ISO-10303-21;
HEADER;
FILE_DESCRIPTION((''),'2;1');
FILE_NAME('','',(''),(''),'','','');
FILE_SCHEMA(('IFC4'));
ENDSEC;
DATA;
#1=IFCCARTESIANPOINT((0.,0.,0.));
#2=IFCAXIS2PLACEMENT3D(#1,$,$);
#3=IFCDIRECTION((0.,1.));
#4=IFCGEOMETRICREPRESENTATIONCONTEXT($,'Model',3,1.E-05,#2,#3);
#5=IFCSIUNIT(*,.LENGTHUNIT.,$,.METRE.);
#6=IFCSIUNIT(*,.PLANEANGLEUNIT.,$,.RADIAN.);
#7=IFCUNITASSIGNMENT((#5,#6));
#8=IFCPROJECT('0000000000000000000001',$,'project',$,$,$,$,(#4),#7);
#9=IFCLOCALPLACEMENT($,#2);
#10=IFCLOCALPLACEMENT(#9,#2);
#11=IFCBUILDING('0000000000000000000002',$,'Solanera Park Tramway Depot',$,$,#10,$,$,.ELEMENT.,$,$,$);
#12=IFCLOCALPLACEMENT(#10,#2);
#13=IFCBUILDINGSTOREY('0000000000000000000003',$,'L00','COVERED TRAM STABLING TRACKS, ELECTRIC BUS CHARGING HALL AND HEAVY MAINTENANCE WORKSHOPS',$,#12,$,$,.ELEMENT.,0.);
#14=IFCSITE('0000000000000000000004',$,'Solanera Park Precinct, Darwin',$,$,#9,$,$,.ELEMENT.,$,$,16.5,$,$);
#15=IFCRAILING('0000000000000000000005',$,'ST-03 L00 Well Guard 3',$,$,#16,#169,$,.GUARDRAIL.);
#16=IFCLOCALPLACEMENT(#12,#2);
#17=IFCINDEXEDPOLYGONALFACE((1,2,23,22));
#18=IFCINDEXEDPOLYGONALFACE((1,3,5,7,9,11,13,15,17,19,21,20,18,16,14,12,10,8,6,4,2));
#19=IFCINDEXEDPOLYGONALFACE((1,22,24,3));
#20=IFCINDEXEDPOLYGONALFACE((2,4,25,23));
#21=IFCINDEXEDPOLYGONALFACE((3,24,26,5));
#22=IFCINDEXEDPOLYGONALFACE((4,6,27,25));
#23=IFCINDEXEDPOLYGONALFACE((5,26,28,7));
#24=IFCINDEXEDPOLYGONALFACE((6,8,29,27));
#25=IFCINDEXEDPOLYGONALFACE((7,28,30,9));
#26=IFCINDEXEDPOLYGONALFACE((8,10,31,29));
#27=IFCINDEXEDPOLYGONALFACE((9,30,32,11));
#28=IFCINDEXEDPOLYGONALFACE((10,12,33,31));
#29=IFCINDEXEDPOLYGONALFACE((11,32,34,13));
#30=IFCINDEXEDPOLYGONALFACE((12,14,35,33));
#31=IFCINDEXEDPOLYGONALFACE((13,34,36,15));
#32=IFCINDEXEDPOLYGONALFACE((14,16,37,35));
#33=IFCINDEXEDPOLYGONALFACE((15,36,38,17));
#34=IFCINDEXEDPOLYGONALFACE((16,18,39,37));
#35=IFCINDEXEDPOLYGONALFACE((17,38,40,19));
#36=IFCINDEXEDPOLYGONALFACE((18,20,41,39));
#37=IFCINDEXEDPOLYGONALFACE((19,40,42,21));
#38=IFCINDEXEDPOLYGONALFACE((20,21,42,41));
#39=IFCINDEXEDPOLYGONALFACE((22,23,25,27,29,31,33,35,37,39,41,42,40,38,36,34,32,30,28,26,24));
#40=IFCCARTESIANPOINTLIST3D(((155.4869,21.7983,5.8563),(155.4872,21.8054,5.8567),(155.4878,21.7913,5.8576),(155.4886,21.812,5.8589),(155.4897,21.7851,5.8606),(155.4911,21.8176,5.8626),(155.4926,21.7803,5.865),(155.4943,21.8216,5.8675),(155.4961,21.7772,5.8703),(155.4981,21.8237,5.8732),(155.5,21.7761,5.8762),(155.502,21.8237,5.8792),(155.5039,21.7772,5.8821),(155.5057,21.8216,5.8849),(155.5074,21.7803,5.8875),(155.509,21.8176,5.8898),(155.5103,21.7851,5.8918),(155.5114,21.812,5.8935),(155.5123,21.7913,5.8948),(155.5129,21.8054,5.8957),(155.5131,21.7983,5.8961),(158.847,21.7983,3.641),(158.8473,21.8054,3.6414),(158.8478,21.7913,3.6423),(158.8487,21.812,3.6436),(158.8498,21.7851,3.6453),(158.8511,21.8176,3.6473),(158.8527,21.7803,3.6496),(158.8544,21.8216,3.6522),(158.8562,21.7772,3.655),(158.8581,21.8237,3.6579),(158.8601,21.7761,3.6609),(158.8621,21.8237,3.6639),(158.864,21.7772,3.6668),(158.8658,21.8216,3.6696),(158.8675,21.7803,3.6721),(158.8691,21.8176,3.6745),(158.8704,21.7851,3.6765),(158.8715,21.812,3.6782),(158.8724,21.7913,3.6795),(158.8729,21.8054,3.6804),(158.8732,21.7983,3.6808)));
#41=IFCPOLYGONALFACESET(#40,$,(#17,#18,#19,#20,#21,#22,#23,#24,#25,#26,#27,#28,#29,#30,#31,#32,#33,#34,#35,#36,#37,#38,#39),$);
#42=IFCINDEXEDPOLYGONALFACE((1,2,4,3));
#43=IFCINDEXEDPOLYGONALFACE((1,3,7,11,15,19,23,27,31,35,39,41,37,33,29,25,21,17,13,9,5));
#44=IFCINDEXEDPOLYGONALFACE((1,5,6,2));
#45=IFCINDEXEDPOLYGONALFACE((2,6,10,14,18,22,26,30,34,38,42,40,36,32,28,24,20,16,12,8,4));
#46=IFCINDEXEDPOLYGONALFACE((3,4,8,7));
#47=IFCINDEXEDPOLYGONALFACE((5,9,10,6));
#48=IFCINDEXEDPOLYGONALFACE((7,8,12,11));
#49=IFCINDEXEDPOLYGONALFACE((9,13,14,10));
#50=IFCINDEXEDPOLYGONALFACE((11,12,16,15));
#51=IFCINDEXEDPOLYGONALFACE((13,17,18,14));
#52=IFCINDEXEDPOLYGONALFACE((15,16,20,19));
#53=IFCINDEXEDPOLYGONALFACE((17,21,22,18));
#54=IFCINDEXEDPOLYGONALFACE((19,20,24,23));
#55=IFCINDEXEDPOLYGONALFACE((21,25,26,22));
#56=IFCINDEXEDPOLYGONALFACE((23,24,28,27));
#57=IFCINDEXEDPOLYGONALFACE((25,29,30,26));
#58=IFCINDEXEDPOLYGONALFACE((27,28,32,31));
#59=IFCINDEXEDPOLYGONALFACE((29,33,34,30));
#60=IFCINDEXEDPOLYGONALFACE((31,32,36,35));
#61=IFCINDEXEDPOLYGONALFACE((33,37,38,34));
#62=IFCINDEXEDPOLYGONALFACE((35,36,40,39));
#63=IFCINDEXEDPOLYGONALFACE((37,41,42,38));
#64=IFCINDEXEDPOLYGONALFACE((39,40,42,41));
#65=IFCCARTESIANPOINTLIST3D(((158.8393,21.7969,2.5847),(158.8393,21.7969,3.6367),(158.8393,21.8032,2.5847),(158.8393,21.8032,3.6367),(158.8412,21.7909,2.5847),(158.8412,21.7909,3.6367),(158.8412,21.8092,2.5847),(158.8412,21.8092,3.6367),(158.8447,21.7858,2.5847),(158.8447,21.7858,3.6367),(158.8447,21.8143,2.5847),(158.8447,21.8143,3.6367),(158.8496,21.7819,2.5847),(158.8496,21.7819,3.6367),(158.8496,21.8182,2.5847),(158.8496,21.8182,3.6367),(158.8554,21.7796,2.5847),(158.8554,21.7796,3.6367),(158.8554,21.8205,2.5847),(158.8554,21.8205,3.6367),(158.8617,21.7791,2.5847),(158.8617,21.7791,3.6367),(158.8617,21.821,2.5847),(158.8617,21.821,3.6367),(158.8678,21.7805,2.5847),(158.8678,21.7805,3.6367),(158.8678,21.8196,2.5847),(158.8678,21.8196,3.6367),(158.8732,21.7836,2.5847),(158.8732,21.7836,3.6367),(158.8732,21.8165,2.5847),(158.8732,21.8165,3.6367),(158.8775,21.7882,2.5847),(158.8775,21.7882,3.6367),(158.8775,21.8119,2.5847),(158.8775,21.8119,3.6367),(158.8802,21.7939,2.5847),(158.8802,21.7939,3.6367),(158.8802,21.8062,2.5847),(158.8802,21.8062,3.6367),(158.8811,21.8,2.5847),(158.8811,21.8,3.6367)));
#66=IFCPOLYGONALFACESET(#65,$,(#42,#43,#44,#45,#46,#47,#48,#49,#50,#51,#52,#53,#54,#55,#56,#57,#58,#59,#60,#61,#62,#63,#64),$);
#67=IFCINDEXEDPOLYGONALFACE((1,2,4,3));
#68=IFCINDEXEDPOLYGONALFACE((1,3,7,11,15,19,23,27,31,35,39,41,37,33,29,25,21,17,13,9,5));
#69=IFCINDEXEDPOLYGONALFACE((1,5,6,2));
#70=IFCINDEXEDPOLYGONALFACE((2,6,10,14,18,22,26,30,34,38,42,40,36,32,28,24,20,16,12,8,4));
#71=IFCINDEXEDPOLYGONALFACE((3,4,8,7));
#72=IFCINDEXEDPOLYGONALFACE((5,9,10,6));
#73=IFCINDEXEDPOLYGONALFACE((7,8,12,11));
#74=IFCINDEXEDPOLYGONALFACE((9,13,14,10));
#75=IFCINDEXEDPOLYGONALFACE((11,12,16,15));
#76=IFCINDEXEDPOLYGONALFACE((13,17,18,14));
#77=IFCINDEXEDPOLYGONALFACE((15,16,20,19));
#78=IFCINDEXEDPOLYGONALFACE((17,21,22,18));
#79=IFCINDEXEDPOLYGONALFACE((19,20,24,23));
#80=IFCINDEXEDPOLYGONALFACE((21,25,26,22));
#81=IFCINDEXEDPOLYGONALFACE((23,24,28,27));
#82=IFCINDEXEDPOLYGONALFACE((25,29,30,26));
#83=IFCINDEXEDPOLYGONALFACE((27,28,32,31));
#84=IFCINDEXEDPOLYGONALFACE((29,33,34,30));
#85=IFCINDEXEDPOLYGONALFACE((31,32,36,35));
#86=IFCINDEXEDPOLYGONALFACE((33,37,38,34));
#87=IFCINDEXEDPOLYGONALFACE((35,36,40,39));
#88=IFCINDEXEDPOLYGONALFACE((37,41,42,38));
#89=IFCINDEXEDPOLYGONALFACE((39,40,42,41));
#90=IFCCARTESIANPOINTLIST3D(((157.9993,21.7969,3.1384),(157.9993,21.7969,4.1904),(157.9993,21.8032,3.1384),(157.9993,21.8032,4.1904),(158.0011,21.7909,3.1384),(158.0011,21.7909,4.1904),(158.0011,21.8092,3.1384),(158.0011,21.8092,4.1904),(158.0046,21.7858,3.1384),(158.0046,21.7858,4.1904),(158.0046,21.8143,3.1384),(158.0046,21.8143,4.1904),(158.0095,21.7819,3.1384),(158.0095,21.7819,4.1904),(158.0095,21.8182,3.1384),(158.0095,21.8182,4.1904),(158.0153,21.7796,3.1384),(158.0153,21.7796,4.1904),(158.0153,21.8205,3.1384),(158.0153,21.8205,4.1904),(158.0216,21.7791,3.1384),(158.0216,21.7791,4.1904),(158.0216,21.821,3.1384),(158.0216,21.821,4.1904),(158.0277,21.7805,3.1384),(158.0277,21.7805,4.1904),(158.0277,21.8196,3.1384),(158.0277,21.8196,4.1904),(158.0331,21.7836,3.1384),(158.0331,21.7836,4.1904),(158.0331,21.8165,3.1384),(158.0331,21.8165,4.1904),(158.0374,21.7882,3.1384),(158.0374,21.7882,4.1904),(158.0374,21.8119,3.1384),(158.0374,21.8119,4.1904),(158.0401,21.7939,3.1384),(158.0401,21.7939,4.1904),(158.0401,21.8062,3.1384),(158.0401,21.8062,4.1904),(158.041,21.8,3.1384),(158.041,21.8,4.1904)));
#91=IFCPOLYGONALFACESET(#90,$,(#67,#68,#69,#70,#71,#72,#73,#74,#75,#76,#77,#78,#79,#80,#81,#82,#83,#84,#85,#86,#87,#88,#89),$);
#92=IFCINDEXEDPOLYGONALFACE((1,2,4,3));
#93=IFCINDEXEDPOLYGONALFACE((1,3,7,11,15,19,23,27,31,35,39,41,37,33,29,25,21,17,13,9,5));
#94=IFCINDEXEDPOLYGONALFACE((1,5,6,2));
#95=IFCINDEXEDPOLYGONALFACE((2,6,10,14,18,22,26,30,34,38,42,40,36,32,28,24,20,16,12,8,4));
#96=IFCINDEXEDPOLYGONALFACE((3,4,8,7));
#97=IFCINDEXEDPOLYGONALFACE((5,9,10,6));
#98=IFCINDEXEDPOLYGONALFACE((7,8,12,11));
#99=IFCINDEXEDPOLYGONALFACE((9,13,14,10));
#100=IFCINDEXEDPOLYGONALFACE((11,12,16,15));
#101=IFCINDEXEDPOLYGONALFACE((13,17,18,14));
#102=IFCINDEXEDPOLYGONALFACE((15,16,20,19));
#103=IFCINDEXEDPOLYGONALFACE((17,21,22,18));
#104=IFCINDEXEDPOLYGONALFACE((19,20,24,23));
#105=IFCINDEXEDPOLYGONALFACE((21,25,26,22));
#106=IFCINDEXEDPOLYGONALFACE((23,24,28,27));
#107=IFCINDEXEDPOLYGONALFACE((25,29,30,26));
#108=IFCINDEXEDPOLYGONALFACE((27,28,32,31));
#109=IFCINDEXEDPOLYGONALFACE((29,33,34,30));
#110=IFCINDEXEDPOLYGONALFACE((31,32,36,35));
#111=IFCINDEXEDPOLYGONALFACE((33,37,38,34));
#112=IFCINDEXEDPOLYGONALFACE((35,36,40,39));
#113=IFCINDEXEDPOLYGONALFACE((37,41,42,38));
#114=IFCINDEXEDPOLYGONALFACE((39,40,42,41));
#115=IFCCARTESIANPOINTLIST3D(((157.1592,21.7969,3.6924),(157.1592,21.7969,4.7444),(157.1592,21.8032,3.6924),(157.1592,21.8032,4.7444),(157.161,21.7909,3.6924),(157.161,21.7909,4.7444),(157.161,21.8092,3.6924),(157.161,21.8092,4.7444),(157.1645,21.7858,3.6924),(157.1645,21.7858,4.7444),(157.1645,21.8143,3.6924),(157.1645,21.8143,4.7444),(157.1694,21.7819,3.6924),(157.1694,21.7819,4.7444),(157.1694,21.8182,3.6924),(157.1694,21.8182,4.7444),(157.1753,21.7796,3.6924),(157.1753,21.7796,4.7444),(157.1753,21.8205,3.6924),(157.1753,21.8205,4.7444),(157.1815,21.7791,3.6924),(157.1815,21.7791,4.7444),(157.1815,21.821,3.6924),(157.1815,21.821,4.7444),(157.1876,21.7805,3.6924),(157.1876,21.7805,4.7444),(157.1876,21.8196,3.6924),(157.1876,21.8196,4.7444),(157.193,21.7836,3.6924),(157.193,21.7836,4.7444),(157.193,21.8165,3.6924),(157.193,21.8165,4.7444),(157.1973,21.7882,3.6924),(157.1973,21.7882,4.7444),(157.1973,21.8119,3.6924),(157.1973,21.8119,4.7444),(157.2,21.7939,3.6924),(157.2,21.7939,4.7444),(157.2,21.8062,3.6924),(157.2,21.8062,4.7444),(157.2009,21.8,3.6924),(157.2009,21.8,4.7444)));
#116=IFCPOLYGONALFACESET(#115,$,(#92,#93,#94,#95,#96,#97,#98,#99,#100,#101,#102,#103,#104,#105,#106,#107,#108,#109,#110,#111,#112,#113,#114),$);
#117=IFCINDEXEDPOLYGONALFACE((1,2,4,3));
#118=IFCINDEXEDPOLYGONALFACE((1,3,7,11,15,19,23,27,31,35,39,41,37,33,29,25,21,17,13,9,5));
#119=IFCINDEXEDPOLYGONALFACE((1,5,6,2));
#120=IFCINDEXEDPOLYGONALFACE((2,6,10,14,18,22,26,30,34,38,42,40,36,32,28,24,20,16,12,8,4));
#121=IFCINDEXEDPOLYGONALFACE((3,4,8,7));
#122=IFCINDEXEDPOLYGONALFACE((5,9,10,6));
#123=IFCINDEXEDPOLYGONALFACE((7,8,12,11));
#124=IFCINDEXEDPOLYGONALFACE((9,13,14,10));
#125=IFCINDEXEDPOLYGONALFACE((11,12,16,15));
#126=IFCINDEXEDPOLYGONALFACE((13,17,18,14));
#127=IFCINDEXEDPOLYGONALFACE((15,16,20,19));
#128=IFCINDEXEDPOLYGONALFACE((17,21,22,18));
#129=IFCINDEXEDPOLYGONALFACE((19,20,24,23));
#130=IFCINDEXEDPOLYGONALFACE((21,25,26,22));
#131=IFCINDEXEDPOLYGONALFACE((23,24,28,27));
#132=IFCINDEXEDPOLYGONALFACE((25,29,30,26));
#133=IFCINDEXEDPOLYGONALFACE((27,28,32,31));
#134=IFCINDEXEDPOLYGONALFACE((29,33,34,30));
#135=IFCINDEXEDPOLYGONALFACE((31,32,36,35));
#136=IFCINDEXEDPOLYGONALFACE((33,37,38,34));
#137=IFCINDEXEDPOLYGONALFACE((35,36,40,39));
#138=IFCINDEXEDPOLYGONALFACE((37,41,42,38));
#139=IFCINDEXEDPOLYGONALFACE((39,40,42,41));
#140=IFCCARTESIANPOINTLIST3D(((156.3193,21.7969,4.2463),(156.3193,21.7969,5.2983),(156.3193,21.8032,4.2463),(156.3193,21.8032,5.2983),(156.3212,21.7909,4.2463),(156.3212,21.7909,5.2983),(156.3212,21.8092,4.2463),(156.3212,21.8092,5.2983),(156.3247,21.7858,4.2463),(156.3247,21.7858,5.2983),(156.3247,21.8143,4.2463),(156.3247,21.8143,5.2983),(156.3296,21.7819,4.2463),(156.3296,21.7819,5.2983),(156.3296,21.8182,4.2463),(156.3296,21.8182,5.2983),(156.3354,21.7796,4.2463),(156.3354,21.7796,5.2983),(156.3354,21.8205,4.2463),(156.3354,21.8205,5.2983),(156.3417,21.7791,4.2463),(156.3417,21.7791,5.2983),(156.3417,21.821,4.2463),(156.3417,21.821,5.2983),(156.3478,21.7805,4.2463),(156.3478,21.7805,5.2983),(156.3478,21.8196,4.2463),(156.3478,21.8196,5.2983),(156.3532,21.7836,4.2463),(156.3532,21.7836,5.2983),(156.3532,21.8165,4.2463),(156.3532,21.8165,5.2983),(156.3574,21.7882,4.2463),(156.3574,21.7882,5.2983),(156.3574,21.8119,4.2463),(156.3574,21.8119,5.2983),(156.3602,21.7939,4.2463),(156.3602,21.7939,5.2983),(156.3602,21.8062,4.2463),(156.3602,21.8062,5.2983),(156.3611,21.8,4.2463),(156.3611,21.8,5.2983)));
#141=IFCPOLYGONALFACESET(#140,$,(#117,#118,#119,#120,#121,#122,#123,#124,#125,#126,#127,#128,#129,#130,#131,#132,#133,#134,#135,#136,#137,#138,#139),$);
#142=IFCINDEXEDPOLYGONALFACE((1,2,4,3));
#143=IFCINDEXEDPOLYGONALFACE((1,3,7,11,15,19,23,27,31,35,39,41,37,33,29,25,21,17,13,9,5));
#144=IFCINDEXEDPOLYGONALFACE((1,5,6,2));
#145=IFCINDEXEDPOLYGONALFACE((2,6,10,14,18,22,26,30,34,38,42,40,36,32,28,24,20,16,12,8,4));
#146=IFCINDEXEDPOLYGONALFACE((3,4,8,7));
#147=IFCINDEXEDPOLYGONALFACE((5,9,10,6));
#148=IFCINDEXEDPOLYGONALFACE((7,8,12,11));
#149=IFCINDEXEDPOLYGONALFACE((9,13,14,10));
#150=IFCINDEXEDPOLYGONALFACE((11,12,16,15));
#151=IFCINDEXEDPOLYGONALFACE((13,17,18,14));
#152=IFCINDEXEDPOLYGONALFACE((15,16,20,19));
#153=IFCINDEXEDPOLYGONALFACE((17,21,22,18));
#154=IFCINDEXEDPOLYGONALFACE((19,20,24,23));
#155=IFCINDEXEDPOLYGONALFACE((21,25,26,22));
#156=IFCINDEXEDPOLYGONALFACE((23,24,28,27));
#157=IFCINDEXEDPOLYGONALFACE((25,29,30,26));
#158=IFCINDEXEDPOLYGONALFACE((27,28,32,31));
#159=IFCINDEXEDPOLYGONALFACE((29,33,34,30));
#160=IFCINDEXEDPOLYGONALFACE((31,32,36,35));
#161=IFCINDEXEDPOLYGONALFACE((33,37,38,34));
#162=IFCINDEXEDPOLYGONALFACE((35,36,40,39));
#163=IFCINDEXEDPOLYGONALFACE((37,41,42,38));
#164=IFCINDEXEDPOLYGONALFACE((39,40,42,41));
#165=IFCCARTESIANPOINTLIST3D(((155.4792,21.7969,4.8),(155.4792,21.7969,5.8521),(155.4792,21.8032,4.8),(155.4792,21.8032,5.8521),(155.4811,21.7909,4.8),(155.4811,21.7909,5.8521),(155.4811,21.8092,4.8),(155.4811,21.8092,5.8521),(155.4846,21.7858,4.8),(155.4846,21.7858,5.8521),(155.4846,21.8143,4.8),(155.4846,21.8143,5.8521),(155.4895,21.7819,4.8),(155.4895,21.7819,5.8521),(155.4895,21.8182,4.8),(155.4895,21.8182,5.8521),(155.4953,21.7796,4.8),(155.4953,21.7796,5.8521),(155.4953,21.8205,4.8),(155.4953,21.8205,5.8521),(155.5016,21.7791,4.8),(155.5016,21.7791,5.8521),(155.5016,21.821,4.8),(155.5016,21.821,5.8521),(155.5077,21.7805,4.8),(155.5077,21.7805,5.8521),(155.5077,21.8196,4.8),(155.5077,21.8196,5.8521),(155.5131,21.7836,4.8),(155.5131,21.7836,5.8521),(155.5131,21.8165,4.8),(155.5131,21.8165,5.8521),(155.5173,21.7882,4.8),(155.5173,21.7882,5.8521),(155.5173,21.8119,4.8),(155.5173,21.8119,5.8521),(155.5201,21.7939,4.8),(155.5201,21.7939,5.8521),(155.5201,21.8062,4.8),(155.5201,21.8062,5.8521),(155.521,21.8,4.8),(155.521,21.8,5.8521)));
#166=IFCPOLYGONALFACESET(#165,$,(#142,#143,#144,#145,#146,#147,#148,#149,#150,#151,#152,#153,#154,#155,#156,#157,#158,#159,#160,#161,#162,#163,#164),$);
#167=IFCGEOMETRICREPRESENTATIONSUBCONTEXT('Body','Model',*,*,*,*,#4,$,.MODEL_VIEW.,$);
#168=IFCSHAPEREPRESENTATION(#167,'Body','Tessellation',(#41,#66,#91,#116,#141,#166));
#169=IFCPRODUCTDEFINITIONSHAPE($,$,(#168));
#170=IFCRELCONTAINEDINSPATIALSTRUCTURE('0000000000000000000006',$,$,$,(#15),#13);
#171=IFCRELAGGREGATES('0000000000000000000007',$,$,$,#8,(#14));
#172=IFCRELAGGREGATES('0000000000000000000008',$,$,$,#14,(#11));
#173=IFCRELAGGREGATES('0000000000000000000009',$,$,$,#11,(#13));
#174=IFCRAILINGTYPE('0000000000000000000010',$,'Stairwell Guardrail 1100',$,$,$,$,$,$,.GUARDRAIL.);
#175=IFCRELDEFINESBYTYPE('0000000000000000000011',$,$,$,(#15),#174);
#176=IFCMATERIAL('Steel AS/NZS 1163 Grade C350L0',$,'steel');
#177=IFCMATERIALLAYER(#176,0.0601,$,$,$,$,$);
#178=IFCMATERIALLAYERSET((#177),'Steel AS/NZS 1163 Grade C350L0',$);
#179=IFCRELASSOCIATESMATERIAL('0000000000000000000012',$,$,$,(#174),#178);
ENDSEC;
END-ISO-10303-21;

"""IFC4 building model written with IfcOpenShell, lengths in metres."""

from ifc_helpers import new_model, si_unit, direction, frame, origin, origin_2d, place, context, subcontext, project, spatial, circle, extrude, material, layer, layer_set, type_object, element, save


model = new_model("IFC4")

# Units and contexts
model_context = context("Model", 3, precision=1e-05, world=origin(), true_north=direction((0.0, 1.0)))
body_context = subcontext(model_context, "Body", "Model", "MODEL_VIEW")
ifc_project = project(units=[si_unit("LENGTHUNIT", "METRE"), si_unit("PLANEANGLEUNIT", "RADIAN")], contexts=[model_context])

# Site, building, storey
site_placement = place(None, origin())
site = spatial("IfcSite", under=ifc_project, at=site_placement, Name="Solanera Park Precinct, Darwin", CompositionType="ELEMENT", RefElevation=16.5)
building_placement = place(site_placement, origin())
building = spatial("IfcBuilding", under=site, at=building_placement, Name="Solanera Park Tramway Depot", CompositionType="ELEMENT")
storey_placement = place(building_placement, origin())
storey = spatial("IfcBuildingStorey", under=building, at=storey_placement, Name="L00", Description="COVERED TRAM STABLING TRACKS, ELECTRIC BUS CHARGING HALL AND HEAVY MAINTENANCE WORKSHOPS", CompositionType="ELEMENT", Elevation=0.0)

# Railing
ifc_material_1 = material(Name="Steel AS/NZS 1163 Grade C350L0", Category="steel")
ifc_layer_1 = layer(ifc_material_1, 0.0601)
ifc_layer_set_1 = layer_set([ifc_layer_1], Name="Steel AS/NZS 1163 Grade C350L0")
railing_type_1 = type_object("IfcRailingType", Name="Stairwell Guardrail 1100", PredefinedType="GUARDRAIL", material=ifc_layer_set_1)
railing_1_placement = place(storey_placement, frame((158.8601, 21.8, 2.5847)))
element("IfcRailing", 1, at=railing_1_placement, inside=storey, type_object=railing_type_1, Name="ST-03 L00 Well Guard 3", PredefinedType="GUARDRAIL", context=body_context, shape_type="SweptSolid", body=[
    extrude(circle(Radius=0.0239, at=origin_2d()), frame((0.0, 0.0, 1.0762), z_axis=(-0.834876, 0.0, 0.550437), x_axis=(0.0, -1.0, 0.0)), (0.0, 0.0, 1.0), 4.0247),
    extrude(circle(Radius=0.021, at=origin_2d()), origin(), (0.0, 0.0, 1.0), 1.052),
    extrude(circle(Radius=0.021, at=origin_2d()), frame((-0.8401, 0.0, 0.5537)), (0.0, 0.0, 1.0), 1.052),
    extrude(circle(Radius=0.021, at=origin_2d()), frame((-1.6802, 0.0, 1.1077)), (0.0, 0.0, 1.0), 1.052),
    extrude(circle(Radius=0.021, at=origin_2d()), frame((-2.52, 0.0, 1.6616)), (0.0, 0.0, 1.0), 1.052),
    extrude(circle(Radius=0.021, at=origin_2d()), frame((-3.3601, 0.0, 2.2153)), (0.0, 0.0, 1.0), 1.052),
])

save(model, "model.ifc")
